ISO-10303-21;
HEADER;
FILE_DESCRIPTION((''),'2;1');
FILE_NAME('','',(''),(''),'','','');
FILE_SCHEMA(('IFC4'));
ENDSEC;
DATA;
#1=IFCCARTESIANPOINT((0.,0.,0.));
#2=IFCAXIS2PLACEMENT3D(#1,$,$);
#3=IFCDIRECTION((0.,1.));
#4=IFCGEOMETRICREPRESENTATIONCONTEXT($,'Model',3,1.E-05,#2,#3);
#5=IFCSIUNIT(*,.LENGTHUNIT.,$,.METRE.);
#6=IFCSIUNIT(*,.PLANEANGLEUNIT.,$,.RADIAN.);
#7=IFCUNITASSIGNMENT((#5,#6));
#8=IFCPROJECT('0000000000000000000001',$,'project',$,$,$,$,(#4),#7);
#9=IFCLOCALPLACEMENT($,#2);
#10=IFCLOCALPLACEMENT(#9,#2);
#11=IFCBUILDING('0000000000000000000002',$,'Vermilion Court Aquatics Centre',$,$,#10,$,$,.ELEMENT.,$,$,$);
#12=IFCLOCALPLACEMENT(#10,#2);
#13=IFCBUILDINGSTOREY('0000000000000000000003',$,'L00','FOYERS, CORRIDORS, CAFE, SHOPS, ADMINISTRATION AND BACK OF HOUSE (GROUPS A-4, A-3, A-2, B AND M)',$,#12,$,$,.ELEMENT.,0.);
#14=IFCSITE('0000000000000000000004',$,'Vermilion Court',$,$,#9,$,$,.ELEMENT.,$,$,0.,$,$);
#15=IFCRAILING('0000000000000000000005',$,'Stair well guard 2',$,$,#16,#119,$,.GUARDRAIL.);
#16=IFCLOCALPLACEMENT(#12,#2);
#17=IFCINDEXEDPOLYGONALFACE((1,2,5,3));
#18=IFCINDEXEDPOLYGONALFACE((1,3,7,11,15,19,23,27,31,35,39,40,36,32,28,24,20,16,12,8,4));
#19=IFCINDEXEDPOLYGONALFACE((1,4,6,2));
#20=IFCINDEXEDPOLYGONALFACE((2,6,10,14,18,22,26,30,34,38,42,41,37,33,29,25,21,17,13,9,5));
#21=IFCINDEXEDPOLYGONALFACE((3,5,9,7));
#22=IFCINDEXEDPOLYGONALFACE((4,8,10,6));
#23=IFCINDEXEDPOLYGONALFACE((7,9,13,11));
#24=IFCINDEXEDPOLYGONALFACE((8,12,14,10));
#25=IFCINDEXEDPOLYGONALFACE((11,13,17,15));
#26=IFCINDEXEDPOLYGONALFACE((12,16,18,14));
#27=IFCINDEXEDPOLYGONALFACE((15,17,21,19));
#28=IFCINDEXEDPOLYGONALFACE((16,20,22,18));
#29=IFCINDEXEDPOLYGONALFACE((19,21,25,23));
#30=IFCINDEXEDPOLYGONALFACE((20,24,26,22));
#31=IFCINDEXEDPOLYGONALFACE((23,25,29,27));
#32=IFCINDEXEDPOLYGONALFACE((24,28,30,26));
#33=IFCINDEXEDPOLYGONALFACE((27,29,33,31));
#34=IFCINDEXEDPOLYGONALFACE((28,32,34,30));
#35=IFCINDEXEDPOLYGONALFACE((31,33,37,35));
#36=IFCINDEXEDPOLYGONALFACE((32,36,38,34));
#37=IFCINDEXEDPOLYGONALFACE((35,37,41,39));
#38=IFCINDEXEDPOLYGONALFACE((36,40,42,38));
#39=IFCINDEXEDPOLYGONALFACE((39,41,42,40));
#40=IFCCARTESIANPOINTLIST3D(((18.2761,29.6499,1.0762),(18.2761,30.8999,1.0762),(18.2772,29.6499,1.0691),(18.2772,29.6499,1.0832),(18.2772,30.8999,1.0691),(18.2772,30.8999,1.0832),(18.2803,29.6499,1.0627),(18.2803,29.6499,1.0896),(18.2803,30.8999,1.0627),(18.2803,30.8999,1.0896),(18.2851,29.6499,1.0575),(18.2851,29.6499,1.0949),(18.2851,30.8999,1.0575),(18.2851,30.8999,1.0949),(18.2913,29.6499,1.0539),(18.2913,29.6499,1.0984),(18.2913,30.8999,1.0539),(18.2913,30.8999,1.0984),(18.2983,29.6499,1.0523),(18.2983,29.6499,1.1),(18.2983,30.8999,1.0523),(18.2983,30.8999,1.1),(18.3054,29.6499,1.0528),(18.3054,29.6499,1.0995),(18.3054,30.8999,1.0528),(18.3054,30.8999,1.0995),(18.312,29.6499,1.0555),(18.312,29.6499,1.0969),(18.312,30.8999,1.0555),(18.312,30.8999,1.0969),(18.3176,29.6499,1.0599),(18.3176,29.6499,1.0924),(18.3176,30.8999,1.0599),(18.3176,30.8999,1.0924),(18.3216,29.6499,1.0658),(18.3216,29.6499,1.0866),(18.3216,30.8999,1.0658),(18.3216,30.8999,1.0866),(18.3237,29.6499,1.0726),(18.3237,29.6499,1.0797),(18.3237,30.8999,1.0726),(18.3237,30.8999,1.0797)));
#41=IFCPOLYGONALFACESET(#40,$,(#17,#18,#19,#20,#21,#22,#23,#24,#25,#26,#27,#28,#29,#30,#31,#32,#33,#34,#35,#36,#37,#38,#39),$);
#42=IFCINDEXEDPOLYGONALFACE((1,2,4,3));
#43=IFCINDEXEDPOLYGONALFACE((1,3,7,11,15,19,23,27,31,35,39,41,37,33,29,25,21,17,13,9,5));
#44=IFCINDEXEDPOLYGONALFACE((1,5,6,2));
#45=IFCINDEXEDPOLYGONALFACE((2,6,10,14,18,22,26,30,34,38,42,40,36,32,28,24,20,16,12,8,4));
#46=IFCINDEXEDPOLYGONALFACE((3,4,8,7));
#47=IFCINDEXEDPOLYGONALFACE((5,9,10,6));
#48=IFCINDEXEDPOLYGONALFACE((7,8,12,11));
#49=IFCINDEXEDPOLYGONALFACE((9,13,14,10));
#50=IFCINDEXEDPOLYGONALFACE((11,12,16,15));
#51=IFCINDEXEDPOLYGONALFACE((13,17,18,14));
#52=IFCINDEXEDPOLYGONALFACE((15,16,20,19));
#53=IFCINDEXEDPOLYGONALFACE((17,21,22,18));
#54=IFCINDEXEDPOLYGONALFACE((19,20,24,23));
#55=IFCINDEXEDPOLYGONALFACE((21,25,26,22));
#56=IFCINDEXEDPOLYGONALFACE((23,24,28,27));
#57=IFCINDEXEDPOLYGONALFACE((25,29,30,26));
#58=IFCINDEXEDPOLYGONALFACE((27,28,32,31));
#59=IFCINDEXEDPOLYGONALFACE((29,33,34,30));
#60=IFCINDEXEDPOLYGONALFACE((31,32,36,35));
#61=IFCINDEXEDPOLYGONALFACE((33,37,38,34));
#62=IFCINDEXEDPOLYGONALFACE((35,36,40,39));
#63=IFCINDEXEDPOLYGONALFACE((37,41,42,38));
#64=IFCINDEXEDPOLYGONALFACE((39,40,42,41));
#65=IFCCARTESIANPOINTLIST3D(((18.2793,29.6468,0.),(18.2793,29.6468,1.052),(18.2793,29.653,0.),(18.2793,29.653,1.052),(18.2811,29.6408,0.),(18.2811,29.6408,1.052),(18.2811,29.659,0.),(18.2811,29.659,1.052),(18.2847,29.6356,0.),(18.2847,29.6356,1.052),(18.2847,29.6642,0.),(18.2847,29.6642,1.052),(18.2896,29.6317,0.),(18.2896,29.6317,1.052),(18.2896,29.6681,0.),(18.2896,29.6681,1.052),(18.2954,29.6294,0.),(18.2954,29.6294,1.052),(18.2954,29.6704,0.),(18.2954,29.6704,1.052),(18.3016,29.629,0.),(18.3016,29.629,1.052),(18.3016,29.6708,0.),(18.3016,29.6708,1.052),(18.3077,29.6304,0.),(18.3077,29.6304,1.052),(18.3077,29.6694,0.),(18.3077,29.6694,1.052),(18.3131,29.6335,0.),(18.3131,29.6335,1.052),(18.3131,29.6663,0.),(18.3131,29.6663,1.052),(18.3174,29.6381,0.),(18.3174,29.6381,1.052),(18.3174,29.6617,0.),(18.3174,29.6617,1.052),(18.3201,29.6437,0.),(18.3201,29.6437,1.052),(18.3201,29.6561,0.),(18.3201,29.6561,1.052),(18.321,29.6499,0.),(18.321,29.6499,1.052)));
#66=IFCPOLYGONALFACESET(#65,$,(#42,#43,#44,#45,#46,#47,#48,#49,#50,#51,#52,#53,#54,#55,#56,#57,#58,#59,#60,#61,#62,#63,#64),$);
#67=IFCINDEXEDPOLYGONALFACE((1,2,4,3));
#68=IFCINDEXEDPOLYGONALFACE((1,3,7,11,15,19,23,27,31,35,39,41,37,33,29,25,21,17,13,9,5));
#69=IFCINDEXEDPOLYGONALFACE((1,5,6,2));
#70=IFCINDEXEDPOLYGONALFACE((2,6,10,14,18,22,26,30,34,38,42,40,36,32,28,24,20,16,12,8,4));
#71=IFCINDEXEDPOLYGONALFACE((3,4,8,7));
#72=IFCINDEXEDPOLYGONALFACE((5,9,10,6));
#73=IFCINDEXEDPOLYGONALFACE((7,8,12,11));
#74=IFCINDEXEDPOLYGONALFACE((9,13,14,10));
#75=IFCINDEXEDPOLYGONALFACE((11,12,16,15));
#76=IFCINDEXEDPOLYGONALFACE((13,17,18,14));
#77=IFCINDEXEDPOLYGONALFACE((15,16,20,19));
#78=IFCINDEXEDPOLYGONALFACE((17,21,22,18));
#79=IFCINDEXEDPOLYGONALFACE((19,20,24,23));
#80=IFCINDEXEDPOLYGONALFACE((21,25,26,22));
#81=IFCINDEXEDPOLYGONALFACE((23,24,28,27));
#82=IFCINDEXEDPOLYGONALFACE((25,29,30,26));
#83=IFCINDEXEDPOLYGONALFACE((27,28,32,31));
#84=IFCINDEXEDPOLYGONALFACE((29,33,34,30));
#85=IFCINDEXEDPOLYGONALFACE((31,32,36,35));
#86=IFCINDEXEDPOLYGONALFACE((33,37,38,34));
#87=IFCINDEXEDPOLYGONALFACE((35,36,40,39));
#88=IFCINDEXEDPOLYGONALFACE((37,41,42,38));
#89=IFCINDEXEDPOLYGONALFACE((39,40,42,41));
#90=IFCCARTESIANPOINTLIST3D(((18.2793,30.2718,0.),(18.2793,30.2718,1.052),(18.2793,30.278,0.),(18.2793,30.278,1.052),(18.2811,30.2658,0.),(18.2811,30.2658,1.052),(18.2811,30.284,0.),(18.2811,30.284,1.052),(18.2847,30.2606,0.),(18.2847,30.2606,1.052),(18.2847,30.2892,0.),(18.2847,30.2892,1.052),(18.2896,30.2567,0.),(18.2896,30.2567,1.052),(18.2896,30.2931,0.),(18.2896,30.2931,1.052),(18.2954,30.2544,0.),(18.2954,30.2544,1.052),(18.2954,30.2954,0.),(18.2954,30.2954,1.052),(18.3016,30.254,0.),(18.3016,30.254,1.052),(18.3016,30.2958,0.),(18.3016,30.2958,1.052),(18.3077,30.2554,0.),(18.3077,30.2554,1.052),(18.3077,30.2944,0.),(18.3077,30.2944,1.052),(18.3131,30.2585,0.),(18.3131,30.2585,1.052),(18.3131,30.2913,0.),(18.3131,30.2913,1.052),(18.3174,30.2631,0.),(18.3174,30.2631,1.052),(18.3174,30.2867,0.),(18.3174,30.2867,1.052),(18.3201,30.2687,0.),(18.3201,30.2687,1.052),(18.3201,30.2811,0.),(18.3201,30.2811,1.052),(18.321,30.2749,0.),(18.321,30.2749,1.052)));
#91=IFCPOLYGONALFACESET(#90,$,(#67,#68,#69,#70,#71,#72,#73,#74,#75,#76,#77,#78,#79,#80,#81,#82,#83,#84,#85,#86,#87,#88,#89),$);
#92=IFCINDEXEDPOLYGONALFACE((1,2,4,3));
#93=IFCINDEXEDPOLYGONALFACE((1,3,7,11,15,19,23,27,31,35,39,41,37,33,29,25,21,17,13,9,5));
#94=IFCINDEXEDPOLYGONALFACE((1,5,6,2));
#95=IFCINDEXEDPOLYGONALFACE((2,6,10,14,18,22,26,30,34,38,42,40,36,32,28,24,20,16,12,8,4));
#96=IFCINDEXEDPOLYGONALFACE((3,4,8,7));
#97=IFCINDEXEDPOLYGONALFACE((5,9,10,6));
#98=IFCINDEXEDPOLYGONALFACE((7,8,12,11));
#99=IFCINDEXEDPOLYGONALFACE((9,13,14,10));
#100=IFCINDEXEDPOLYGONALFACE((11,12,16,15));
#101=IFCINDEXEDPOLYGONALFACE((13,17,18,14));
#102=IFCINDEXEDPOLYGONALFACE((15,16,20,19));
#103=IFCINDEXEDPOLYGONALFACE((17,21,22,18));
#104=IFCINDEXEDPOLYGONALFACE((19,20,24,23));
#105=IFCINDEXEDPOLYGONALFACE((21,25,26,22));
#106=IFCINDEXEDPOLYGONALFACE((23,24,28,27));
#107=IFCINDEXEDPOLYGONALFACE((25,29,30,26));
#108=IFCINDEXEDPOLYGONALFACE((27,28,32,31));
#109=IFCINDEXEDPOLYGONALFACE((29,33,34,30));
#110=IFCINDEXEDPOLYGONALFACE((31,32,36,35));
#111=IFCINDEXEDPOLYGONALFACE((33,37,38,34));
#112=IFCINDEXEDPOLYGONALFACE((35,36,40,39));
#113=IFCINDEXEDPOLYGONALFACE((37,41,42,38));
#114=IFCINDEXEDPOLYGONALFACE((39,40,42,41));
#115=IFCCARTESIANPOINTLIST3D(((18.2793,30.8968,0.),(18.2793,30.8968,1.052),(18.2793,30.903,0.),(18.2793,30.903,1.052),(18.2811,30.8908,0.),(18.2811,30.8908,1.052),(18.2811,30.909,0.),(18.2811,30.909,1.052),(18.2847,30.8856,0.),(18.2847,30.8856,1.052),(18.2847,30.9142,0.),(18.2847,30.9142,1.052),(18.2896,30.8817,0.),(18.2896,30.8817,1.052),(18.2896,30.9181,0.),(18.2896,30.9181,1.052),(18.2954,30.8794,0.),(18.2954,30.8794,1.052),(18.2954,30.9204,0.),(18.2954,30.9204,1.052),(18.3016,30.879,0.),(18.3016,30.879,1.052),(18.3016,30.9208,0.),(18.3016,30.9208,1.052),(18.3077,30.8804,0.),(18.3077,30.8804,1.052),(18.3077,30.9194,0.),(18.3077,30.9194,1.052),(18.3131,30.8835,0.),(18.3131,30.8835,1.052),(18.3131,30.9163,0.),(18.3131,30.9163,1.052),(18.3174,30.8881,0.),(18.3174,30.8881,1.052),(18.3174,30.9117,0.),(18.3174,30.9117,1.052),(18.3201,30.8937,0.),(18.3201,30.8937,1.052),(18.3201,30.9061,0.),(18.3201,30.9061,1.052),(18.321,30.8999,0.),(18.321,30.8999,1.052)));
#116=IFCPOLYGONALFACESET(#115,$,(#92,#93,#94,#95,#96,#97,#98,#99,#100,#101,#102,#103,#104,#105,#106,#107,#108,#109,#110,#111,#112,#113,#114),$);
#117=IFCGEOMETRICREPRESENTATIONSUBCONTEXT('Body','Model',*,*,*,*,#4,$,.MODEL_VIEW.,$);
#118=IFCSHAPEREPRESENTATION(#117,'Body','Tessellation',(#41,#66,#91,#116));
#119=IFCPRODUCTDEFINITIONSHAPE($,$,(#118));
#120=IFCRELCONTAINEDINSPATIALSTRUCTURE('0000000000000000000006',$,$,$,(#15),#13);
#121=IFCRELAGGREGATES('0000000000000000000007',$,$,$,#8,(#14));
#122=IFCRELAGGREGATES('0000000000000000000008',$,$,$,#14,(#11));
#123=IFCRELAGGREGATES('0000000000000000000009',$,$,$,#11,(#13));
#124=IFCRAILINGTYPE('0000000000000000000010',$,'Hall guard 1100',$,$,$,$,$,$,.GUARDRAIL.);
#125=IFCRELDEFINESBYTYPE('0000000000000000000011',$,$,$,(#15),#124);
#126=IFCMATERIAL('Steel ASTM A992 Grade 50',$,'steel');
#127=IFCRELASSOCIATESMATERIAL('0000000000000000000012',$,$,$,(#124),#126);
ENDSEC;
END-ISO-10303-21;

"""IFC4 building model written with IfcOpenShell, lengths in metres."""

from ifc_helpers import new_model, si_unit, direction, frame, origin, origin_2d, place, context, subcontext, project, spatial, circle, extrude, material, type_object, element, save


model = new_model("IFC4")

# Units and contexts
model_context = context("Model", 3, precision=1e-05, world=origin(), true_north=direction((0.0, 1.0)))
body_context = subcontext(model_context, "Body", "Model", "MODEL_VIEW")
ifc_project = project(units=[si_unit("LENGTHUNIT", "METRE"), si_unit("PLANEANGLEUNIT", "RADIAN")], contexts=[model_context])

# Site, building, storey
site_placement = place(None, origin())
site = spatial("IfcSite", under=ifc_project, at=site_placement, Name="Vermilion Court", CompositionType="ELEMENT", RefElevation=0.0)
building_placement = place(site_placement, origin())
building = spatial("IfcBuilding", under=site, at=building_placement, Name="Vermilion Court Aquatics Centre", CompositionType="ELEMENT")
storey_placement = place(building_placement, origin())
storey = spatial("IfcBuildingStorey", under=building, at=storey_placement, Name="L00", Description="FOYERS, CORRIDORS, CAFE, SHOPS, ADMINISTRATION AND BACK OF HOUSE (GROUPS A-4, A-3, A-2, B AND M)", CompositionType="ELEMENT", Elevation=0.0)

# Railing
ifc_material_1 = material(Name="Steel ASTM A992 Grade 50", Category="steel")
railing_type = type_object("IfcRailingType", Name="Hall guard 1100", PredefinedType="GUARDRAIL", material=ifc_material_1)
railing_placement = place(storey_placement, frame((18.3, 29.6499, 0.0)))
element("IfcRailing", 1, at=railing_placement, inside=storey, type_object=railing_type, Name="Stair well guard 2", PredefinedType="GUARDRAIL", context=body_context, shape_type="SweptSolid", body=[
    extrude(circle(Radius=0.0239, at=origin_2d()), frame((0.0, 0.0, 1.0762), z_axis=(0.0, 1.0, 0.0), x_axis=(-1.0, 0.0, 0.0)), (0.0, 0.0, 1.0), 1.25),
    extrude(circle(Radius=0.021, at=origin_2d()), origin(), (0.0, 0.0, 1.0), 1.052),
    extrude(circle(Radius=0.021, at=origin_2d()), frame((0.0, 0.625, 0.0)), (0.0, 0.0, 1.0), 1.052),
    extrude(circle(Radius=0.021, at=origin_2d()), frame((0.0, 1.25, 0.0)), (0.0, 0.0, 1.0), 1.052),
])

save(model, "model.ifc")
